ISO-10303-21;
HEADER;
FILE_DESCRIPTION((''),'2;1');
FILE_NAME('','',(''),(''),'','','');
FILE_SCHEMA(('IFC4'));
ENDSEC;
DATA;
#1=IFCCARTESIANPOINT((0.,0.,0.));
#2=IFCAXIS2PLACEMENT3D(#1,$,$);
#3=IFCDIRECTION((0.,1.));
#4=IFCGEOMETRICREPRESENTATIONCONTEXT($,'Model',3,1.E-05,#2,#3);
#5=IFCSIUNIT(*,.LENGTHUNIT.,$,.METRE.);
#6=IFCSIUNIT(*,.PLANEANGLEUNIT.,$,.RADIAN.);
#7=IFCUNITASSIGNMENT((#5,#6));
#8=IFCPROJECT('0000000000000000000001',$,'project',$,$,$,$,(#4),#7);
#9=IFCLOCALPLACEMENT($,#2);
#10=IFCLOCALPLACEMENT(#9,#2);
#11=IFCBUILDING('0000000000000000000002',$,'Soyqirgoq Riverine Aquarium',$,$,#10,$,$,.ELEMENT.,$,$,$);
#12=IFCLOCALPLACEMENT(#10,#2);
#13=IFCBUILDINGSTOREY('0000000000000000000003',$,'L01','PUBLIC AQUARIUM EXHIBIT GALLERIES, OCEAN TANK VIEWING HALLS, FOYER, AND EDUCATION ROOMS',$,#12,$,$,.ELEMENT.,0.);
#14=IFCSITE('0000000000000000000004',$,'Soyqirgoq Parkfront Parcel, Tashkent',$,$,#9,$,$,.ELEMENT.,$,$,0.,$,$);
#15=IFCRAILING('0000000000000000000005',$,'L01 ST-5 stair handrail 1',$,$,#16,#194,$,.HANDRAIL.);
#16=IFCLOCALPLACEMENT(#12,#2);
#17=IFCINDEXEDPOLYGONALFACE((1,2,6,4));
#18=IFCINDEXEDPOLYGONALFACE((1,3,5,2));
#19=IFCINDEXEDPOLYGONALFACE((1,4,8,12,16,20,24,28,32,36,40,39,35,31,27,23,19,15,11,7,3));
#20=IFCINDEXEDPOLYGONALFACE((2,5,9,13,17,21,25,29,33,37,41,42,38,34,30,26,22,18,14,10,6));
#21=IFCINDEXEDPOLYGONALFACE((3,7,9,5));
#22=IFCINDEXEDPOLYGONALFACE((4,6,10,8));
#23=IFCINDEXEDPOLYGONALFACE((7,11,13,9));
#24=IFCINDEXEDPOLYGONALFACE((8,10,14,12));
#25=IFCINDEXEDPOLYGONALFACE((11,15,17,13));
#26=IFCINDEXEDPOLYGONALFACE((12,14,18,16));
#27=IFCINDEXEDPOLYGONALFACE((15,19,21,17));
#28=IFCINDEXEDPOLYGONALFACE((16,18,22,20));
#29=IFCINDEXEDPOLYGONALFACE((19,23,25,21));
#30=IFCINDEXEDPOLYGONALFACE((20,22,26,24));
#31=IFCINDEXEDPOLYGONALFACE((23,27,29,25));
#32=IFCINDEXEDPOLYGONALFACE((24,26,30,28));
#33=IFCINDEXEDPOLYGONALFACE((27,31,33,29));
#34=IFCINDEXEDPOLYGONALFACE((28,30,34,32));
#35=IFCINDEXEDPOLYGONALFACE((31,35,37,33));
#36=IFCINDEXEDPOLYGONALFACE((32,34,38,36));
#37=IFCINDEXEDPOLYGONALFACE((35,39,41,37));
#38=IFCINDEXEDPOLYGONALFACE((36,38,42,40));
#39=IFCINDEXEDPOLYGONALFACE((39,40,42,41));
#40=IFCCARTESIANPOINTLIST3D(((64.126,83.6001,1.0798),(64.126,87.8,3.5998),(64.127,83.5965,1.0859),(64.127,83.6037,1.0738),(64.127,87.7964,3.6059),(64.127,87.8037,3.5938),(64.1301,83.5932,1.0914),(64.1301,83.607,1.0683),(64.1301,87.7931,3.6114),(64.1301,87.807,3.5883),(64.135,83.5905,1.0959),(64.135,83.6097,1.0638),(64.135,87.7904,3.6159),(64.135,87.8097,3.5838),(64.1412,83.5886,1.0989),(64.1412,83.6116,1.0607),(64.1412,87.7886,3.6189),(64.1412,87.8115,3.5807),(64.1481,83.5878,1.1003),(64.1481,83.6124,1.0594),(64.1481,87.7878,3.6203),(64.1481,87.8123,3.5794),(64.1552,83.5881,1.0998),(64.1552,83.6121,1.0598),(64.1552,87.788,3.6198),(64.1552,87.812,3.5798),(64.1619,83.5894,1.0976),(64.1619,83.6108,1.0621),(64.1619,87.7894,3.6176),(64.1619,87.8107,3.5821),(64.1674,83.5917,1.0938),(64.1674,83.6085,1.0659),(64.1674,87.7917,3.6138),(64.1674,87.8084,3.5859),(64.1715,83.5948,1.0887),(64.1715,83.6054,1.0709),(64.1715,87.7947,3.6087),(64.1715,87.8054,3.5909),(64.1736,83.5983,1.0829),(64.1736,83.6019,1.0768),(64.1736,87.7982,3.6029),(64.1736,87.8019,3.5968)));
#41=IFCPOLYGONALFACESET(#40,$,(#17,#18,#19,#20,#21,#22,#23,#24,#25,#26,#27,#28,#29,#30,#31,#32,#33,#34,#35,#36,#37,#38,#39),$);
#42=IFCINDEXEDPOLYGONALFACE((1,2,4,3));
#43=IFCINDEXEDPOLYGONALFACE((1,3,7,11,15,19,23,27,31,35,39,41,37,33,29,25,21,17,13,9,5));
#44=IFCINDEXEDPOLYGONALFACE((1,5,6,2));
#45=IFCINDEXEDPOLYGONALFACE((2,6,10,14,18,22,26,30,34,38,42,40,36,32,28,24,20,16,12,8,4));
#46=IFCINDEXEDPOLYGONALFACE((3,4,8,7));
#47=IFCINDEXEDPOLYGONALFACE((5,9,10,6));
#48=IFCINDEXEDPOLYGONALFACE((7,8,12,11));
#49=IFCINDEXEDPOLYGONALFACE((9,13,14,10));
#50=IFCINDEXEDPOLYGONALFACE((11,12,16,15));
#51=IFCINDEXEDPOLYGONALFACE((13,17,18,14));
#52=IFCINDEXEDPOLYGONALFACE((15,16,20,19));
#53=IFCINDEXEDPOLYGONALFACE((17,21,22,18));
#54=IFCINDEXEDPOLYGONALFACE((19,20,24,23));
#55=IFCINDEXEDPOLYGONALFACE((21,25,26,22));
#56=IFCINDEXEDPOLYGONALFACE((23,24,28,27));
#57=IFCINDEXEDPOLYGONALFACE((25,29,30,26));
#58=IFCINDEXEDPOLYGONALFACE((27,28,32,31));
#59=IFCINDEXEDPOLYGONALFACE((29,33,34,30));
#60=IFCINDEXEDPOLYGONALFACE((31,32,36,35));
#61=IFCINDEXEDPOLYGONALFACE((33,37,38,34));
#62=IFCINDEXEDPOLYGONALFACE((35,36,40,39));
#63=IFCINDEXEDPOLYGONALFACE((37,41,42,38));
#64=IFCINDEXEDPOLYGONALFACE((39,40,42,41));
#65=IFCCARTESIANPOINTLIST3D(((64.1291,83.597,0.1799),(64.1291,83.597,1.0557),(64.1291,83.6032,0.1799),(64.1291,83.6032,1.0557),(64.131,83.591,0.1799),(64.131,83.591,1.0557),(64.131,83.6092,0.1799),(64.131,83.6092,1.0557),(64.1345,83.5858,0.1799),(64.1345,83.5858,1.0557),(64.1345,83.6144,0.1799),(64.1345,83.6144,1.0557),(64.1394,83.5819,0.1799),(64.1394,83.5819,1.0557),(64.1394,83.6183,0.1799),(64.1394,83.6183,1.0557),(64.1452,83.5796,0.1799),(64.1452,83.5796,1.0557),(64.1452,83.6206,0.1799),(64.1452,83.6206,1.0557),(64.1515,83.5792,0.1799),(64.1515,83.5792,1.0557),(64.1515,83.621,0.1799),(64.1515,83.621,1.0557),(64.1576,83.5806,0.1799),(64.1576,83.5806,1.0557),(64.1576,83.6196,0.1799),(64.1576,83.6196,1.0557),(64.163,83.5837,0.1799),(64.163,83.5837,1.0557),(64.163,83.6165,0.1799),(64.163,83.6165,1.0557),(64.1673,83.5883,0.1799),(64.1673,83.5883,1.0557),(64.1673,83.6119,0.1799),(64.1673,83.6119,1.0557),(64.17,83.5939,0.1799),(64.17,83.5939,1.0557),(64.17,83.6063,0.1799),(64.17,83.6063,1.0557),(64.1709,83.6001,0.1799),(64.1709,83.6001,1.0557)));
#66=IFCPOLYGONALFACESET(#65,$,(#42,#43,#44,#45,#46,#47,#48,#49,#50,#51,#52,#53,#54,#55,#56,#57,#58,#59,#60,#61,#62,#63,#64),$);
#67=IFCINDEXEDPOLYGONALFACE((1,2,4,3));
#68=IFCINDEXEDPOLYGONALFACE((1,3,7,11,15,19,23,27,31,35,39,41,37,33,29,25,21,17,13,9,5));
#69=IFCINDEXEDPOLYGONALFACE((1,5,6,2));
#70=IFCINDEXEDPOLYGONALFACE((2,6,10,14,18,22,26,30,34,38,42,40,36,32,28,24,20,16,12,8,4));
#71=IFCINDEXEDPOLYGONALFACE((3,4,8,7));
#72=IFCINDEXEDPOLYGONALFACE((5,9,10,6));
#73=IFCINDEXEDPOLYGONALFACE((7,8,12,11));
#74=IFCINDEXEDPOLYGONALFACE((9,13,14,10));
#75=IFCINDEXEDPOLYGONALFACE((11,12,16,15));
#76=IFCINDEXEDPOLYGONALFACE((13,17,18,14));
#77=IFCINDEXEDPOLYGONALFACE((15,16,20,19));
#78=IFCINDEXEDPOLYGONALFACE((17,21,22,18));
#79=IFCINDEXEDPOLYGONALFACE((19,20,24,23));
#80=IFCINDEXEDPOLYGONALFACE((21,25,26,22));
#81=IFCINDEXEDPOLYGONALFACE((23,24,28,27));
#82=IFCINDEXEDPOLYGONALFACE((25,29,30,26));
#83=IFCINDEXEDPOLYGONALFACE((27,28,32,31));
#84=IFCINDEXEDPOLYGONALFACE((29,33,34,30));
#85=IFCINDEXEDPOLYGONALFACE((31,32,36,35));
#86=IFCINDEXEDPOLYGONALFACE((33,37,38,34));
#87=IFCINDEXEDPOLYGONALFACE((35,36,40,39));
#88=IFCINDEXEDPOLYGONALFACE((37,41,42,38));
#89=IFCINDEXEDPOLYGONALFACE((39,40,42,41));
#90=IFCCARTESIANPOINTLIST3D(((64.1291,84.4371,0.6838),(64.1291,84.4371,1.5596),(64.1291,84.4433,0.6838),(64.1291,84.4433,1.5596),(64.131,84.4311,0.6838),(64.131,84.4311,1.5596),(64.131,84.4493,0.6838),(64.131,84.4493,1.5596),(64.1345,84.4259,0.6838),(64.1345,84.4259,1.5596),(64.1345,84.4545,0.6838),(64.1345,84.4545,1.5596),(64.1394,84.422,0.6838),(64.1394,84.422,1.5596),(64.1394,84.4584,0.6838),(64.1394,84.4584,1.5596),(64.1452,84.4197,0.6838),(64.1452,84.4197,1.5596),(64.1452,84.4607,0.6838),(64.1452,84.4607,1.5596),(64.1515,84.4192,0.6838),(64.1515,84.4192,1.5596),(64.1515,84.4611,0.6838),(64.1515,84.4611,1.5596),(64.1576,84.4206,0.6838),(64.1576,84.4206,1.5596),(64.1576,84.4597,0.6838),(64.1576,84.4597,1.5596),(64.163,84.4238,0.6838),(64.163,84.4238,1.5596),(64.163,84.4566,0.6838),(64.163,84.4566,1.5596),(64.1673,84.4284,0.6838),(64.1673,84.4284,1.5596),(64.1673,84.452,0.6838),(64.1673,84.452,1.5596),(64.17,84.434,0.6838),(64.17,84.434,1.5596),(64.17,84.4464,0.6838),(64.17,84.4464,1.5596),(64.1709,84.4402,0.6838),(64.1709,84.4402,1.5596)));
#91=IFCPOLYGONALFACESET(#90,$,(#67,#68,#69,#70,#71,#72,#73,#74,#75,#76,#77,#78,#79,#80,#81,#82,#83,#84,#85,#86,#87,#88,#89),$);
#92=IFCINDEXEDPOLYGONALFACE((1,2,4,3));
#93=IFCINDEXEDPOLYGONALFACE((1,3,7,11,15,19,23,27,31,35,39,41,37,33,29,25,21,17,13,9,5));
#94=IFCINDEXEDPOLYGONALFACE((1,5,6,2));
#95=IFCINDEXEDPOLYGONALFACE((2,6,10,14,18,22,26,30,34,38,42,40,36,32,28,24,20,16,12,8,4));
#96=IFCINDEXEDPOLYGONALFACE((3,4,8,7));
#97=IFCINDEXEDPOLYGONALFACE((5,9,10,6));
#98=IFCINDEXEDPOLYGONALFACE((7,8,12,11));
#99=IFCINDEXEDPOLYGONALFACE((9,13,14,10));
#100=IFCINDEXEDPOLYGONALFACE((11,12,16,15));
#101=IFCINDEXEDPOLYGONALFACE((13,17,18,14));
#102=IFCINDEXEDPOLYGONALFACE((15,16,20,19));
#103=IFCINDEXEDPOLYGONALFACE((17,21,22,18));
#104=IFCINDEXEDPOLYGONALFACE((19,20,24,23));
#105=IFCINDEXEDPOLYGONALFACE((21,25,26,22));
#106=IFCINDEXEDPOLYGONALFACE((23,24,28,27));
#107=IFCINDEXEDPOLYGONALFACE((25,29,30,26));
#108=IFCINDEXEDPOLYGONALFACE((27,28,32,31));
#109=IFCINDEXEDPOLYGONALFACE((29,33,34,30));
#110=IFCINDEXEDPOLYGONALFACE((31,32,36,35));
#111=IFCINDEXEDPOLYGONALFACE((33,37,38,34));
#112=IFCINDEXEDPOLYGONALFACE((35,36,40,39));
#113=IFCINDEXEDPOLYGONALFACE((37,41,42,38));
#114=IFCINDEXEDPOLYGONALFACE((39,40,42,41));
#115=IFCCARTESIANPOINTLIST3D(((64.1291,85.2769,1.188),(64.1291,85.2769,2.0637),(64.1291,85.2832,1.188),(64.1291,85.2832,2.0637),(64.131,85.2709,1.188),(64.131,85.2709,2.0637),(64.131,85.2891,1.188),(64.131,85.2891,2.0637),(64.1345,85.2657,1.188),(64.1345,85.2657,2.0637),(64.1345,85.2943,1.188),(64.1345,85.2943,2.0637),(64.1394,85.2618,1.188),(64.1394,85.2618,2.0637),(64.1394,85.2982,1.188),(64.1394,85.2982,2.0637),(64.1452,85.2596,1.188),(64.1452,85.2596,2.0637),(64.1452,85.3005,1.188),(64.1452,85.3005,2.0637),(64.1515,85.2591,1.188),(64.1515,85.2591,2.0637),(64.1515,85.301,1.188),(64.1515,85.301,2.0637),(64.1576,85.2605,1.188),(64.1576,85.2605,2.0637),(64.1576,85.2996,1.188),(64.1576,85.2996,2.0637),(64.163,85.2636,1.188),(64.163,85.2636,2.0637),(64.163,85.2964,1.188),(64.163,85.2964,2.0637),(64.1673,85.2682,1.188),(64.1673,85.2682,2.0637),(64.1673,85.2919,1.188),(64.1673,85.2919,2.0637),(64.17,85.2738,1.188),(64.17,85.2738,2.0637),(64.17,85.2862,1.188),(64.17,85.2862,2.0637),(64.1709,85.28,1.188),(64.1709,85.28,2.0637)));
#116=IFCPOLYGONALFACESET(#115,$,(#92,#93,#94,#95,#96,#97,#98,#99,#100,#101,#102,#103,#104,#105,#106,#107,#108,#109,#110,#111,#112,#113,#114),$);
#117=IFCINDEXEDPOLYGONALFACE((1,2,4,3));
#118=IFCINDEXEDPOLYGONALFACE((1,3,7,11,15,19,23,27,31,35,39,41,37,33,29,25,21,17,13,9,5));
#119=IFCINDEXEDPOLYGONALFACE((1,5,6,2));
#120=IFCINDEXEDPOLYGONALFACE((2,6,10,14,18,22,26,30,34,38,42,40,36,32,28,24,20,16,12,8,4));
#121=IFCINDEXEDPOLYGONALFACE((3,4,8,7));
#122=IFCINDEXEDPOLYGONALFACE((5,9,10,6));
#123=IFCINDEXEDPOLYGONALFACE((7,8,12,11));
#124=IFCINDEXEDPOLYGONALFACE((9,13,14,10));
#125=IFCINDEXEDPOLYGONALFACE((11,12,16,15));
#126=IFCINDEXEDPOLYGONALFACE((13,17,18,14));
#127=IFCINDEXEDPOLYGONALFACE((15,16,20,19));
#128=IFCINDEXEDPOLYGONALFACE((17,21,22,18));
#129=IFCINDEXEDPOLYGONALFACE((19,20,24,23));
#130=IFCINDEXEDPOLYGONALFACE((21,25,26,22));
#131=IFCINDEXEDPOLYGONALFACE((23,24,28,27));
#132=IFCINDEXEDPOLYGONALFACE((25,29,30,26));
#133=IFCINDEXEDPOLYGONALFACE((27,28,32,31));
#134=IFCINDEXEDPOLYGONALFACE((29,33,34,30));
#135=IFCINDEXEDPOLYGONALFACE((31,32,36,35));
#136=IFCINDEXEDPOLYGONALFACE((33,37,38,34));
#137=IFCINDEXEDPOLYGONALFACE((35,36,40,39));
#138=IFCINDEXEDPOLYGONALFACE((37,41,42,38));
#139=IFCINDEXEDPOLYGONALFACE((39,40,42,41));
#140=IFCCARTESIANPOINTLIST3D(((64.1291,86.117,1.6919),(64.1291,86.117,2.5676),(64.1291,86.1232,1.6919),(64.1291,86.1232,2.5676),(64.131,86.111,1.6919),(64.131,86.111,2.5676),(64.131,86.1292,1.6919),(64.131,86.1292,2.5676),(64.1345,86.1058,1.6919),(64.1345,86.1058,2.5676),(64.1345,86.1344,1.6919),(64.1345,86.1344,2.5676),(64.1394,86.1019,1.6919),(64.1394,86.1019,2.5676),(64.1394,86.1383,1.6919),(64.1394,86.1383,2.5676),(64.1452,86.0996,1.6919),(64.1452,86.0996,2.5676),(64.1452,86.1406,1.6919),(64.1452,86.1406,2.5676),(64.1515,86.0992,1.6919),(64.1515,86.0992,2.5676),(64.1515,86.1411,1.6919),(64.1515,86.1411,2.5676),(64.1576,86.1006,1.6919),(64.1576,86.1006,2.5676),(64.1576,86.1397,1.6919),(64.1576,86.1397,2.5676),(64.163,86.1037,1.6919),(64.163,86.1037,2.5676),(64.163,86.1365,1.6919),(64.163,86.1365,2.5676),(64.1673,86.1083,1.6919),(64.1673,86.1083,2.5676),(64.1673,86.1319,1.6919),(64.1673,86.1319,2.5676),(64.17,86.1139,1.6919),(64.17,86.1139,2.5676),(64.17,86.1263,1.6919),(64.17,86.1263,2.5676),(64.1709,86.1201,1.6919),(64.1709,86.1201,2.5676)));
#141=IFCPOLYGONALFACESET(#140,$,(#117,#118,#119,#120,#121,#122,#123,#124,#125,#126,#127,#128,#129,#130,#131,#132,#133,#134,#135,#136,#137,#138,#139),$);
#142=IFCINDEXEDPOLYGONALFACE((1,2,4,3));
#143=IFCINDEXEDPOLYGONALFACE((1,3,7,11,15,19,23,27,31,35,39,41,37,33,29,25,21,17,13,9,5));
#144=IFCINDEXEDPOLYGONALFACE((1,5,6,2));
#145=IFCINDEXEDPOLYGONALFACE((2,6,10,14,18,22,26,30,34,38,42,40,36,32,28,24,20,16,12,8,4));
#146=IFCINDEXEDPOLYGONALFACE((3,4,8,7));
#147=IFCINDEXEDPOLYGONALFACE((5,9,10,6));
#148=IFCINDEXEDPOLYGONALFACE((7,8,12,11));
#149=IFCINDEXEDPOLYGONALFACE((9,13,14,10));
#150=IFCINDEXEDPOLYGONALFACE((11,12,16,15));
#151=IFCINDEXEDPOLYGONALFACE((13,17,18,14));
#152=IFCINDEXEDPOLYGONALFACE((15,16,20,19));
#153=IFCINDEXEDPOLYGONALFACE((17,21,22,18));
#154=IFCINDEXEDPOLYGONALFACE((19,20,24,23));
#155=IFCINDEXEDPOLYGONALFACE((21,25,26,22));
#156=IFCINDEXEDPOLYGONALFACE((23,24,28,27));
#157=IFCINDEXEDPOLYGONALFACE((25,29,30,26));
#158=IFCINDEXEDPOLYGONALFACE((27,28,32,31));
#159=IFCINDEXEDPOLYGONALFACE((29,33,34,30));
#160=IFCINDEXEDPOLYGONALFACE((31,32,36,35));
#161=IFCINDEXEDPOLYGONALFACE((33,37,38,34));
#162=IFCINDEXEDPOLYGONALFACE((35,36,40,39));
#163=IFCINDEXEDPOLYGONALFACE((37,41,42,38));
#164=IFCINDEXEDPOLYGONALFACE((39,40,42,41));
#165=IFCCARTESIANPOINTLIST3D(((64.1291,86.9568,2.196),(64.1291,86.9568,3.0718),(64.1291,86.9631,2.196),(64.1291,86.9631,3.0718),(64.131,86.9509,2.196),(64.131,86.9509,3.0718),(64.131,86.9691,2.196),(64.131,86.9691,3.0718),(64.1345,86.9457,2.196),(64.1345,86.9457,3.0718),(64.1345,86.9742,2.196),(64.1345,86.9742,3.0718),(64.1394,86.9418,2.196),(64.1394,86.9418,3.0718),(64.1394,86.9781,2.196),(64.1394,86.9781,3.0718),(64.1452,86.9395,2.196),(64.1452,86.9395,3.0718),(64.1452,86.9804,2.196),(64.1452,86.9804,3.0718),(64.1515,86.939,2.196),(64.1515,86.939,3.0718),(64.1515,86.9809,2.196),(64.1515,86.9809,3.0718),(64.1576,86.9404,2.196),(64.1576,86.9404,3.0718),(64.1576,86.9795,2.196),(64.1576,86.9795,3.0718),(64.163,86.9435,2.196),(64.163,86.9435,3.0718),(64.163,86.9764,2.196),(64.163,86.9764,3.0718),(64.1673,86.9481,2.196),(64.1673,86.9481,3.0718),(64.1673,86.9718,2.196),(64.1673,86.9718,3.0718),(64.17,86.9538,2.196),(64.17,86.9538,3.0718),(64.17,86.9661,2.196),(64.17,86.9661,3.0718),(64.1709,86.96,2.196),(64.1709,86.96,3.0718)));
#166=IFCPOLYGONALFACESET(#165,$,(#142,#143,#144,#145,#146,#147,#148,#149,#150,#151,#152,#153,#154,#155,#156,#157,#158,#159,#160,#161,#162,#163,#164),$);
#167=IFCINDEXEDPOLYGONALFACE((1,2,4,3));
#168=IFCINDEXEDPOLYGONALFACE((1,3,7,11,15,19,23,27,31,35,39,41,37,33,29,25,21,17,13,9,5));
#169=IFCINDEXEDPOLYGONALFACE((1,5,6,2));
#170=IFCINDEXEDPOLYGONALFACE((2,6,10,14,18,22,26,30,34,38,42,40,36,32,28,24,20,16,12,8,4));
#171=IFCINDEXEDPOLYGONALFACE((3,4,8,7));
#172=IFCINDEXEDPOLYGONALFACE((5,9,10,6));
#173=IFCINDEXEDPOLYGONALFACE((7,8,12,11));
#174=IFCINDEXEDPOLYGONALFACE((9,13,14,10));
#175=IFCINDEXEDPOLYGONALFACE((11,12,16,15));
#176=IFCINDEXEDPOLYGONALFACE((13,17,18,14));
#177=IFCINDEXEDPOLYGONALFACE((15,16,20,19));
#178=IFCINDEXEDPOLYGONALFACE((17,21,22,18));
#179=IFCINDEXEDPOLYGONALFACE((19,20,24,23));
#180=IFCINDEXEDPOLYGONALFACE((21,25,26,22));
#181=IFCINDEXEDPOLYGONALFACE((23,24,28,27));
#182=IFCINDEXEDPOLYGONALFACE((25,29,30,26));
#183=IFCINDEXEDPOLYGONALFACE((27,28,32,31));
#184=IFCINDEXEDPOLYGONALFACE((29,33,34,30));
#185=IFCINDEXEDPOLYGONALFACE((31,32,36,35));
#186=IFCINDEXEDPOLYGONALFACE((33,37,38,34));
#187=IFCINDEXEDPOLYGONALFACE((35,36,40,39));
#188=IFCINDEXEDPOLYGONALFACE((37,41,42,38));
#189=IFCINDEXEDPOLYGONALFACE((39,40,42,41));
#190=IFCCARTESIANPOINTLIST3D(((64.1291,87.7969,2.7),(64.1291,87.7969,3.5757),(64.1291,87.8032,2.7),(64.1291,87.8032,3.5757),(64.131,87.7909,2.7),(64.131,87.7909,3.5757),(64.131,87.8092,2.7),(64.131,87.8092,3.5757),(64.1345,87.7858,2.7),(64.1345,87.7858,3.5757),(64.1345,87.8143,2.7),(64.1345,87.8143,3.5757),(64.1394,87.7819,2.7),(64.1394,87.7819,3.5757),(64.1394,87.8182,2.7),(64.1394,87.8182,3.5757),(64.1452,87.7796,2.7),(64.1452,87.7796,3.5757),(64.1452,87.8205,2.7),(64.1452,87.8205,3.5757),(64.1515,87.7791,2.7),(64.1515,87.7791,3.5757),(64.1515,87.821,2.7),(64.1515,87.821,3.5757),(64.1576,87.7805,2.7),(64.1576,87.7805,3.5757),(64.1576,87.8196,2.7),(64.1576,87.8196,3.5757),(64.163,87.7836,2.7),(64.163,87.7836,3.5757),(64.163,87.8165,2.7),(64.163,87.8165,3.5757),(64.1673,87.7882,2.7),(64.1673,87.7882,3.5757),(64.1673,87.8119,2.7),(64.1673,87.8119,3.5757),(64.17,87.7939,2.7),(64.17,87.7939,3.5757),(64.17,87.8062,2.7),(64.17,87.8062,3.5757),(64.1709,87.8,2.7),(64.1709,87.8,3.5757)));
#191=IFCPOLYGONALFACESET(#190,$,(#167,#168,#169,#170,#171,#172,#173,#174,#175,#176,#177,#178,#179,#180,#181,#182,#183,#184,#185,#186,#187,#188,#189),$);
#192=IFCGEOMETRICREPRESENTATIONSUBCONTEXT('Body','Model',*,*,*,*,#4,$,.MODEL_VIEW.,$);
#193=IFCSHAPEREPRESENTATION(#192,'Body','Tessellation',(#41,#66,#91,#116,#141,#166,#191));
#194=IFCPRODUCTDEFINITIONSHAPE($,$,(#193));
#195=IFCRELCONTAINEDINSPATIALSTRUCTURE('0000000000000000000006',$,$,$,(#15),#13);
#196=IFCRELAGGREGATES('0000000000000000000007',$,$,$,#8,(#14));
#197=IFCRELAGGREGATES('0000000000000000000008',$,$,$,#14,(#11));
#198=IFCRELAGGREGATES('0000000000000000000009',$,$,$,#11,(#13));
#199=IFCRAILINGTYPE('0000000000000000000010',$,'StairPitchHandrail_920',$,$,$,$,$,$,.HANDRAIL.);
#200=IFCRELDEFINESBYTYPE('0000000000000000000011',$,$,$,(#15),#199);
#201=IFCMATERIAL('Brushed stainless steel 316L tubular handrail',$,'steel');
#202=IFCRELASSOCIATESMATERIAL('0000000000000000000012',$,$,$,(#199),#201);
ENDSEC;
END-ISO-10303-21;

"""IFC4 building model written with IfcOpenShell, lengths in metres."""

from ifc_helpers import new_model, si_unit, direction, frame, origin, origin_2d, place, context, subcontext, project, spatial, circle, extrude, material, type_object, element, save


model = new_model("IFC4")

# Units and contexts
model_context = context("Model", 3, precision=1e-05, world=origin(), true_north=direction((0.0, 1.0)))
body_context = subcontext(model_context, "Body", "Model", "MODEL_VIEW")
ifc_project = project(units=[si_unit("LENGTHUNIT", "METRE"), si_unit("PLANEANGLEUNIT", "RADIAN")], contexts=[model_context])

# Site, building, storey
site_placement = place(None, origin())
site = spatial("IfcSite", under=ifc_project, at=site_placement, Name="Soyqirgoq Parkfront Parcel, Tashkent", CompositionType="ELEMENT", RefElevation=0.0)
building_placement = place(site_placement, origin())
building = spatial("IfcBuilding", under=site, at=building_placement, Name="Soyqirgoq Riverine Aquarium", CompositionType="ELEMENT")
storey_placement = place(building_placement, origin())
storey = spatial("IfcBuildingStorey", under=building, at=storey_placement, Name="L01", Description="PUBLIC AQUARIUM EXHIBIT GALLERIES, OCEAN TANK VIEWING HALLS, FOYER, AND EDUCATION ROOMS", CompositionType="ELEMENT", Elevation=0.0)

# Railing
ifc_material_1 = material(Name="Brushed stainless steel 316L tubular handrail", Category="steel")
railing_type_1 = type_object("IfcRailingType", Name="StairPitchHandrail_920", PredefinedType="HANDRAIL", material=ifc_material_1)
railing_1_placement = place(storey_placement, frame((64.1499, 83.6001, 0.1799)))
element("IfcRailing", 1, at=railing_1_placement, inside=storey, type_object=railing_type_1, Name="L01 ST-5 stair handrail 1", PredefinedType="HANDRAIL", context=body_context, shape_type="SweptSolid", body=[
    extrude(circle(Radius=0.0239, at=origin_2d()), frame((0.0, 0.0, 0.8999), z_axis=(0.0, 0.857489, 0.514503), x_axis=(-1.0, 0.0, 0.0)), (0.0, 0.0, 1.0), 4.8979),
    extrude(circle(Radius=0.021, at=origin_2d()), origin(), (0.0, 0.0, 1.0), 0.8757),
    extrude(circle(Radius=0.021, at=origin_2d()), frame((0.0, 0.8401, 0.5039)), (0.0, 0.0, 1.0), 0.8757),
    extrude(circle(Radius=0.021, at=origin_2d()), frame((0.0, 1.6799, 1.0081)), (0.0, 0.0, 1.0), 0.8757),
    extrude(circle(Radius=0.021, at=origin_2d()), frame((0.0, 2.52, 1.512)), (0.0, 0.0, 1.0), 0.8757),
    extrude(circle(Radius=0.021, at=origin_2d()), frame((0.0, 3.3599, 2.0161)), (0.0, 0.0, 1.0), 0.8757),
    extrude(circle(Radius=0.021, at=origin_2d()), frame((0.0, 4.2, 2.52)), (0.0, 0.0, 1.0), 0.8757),
])

save(model, "model.ifc")
